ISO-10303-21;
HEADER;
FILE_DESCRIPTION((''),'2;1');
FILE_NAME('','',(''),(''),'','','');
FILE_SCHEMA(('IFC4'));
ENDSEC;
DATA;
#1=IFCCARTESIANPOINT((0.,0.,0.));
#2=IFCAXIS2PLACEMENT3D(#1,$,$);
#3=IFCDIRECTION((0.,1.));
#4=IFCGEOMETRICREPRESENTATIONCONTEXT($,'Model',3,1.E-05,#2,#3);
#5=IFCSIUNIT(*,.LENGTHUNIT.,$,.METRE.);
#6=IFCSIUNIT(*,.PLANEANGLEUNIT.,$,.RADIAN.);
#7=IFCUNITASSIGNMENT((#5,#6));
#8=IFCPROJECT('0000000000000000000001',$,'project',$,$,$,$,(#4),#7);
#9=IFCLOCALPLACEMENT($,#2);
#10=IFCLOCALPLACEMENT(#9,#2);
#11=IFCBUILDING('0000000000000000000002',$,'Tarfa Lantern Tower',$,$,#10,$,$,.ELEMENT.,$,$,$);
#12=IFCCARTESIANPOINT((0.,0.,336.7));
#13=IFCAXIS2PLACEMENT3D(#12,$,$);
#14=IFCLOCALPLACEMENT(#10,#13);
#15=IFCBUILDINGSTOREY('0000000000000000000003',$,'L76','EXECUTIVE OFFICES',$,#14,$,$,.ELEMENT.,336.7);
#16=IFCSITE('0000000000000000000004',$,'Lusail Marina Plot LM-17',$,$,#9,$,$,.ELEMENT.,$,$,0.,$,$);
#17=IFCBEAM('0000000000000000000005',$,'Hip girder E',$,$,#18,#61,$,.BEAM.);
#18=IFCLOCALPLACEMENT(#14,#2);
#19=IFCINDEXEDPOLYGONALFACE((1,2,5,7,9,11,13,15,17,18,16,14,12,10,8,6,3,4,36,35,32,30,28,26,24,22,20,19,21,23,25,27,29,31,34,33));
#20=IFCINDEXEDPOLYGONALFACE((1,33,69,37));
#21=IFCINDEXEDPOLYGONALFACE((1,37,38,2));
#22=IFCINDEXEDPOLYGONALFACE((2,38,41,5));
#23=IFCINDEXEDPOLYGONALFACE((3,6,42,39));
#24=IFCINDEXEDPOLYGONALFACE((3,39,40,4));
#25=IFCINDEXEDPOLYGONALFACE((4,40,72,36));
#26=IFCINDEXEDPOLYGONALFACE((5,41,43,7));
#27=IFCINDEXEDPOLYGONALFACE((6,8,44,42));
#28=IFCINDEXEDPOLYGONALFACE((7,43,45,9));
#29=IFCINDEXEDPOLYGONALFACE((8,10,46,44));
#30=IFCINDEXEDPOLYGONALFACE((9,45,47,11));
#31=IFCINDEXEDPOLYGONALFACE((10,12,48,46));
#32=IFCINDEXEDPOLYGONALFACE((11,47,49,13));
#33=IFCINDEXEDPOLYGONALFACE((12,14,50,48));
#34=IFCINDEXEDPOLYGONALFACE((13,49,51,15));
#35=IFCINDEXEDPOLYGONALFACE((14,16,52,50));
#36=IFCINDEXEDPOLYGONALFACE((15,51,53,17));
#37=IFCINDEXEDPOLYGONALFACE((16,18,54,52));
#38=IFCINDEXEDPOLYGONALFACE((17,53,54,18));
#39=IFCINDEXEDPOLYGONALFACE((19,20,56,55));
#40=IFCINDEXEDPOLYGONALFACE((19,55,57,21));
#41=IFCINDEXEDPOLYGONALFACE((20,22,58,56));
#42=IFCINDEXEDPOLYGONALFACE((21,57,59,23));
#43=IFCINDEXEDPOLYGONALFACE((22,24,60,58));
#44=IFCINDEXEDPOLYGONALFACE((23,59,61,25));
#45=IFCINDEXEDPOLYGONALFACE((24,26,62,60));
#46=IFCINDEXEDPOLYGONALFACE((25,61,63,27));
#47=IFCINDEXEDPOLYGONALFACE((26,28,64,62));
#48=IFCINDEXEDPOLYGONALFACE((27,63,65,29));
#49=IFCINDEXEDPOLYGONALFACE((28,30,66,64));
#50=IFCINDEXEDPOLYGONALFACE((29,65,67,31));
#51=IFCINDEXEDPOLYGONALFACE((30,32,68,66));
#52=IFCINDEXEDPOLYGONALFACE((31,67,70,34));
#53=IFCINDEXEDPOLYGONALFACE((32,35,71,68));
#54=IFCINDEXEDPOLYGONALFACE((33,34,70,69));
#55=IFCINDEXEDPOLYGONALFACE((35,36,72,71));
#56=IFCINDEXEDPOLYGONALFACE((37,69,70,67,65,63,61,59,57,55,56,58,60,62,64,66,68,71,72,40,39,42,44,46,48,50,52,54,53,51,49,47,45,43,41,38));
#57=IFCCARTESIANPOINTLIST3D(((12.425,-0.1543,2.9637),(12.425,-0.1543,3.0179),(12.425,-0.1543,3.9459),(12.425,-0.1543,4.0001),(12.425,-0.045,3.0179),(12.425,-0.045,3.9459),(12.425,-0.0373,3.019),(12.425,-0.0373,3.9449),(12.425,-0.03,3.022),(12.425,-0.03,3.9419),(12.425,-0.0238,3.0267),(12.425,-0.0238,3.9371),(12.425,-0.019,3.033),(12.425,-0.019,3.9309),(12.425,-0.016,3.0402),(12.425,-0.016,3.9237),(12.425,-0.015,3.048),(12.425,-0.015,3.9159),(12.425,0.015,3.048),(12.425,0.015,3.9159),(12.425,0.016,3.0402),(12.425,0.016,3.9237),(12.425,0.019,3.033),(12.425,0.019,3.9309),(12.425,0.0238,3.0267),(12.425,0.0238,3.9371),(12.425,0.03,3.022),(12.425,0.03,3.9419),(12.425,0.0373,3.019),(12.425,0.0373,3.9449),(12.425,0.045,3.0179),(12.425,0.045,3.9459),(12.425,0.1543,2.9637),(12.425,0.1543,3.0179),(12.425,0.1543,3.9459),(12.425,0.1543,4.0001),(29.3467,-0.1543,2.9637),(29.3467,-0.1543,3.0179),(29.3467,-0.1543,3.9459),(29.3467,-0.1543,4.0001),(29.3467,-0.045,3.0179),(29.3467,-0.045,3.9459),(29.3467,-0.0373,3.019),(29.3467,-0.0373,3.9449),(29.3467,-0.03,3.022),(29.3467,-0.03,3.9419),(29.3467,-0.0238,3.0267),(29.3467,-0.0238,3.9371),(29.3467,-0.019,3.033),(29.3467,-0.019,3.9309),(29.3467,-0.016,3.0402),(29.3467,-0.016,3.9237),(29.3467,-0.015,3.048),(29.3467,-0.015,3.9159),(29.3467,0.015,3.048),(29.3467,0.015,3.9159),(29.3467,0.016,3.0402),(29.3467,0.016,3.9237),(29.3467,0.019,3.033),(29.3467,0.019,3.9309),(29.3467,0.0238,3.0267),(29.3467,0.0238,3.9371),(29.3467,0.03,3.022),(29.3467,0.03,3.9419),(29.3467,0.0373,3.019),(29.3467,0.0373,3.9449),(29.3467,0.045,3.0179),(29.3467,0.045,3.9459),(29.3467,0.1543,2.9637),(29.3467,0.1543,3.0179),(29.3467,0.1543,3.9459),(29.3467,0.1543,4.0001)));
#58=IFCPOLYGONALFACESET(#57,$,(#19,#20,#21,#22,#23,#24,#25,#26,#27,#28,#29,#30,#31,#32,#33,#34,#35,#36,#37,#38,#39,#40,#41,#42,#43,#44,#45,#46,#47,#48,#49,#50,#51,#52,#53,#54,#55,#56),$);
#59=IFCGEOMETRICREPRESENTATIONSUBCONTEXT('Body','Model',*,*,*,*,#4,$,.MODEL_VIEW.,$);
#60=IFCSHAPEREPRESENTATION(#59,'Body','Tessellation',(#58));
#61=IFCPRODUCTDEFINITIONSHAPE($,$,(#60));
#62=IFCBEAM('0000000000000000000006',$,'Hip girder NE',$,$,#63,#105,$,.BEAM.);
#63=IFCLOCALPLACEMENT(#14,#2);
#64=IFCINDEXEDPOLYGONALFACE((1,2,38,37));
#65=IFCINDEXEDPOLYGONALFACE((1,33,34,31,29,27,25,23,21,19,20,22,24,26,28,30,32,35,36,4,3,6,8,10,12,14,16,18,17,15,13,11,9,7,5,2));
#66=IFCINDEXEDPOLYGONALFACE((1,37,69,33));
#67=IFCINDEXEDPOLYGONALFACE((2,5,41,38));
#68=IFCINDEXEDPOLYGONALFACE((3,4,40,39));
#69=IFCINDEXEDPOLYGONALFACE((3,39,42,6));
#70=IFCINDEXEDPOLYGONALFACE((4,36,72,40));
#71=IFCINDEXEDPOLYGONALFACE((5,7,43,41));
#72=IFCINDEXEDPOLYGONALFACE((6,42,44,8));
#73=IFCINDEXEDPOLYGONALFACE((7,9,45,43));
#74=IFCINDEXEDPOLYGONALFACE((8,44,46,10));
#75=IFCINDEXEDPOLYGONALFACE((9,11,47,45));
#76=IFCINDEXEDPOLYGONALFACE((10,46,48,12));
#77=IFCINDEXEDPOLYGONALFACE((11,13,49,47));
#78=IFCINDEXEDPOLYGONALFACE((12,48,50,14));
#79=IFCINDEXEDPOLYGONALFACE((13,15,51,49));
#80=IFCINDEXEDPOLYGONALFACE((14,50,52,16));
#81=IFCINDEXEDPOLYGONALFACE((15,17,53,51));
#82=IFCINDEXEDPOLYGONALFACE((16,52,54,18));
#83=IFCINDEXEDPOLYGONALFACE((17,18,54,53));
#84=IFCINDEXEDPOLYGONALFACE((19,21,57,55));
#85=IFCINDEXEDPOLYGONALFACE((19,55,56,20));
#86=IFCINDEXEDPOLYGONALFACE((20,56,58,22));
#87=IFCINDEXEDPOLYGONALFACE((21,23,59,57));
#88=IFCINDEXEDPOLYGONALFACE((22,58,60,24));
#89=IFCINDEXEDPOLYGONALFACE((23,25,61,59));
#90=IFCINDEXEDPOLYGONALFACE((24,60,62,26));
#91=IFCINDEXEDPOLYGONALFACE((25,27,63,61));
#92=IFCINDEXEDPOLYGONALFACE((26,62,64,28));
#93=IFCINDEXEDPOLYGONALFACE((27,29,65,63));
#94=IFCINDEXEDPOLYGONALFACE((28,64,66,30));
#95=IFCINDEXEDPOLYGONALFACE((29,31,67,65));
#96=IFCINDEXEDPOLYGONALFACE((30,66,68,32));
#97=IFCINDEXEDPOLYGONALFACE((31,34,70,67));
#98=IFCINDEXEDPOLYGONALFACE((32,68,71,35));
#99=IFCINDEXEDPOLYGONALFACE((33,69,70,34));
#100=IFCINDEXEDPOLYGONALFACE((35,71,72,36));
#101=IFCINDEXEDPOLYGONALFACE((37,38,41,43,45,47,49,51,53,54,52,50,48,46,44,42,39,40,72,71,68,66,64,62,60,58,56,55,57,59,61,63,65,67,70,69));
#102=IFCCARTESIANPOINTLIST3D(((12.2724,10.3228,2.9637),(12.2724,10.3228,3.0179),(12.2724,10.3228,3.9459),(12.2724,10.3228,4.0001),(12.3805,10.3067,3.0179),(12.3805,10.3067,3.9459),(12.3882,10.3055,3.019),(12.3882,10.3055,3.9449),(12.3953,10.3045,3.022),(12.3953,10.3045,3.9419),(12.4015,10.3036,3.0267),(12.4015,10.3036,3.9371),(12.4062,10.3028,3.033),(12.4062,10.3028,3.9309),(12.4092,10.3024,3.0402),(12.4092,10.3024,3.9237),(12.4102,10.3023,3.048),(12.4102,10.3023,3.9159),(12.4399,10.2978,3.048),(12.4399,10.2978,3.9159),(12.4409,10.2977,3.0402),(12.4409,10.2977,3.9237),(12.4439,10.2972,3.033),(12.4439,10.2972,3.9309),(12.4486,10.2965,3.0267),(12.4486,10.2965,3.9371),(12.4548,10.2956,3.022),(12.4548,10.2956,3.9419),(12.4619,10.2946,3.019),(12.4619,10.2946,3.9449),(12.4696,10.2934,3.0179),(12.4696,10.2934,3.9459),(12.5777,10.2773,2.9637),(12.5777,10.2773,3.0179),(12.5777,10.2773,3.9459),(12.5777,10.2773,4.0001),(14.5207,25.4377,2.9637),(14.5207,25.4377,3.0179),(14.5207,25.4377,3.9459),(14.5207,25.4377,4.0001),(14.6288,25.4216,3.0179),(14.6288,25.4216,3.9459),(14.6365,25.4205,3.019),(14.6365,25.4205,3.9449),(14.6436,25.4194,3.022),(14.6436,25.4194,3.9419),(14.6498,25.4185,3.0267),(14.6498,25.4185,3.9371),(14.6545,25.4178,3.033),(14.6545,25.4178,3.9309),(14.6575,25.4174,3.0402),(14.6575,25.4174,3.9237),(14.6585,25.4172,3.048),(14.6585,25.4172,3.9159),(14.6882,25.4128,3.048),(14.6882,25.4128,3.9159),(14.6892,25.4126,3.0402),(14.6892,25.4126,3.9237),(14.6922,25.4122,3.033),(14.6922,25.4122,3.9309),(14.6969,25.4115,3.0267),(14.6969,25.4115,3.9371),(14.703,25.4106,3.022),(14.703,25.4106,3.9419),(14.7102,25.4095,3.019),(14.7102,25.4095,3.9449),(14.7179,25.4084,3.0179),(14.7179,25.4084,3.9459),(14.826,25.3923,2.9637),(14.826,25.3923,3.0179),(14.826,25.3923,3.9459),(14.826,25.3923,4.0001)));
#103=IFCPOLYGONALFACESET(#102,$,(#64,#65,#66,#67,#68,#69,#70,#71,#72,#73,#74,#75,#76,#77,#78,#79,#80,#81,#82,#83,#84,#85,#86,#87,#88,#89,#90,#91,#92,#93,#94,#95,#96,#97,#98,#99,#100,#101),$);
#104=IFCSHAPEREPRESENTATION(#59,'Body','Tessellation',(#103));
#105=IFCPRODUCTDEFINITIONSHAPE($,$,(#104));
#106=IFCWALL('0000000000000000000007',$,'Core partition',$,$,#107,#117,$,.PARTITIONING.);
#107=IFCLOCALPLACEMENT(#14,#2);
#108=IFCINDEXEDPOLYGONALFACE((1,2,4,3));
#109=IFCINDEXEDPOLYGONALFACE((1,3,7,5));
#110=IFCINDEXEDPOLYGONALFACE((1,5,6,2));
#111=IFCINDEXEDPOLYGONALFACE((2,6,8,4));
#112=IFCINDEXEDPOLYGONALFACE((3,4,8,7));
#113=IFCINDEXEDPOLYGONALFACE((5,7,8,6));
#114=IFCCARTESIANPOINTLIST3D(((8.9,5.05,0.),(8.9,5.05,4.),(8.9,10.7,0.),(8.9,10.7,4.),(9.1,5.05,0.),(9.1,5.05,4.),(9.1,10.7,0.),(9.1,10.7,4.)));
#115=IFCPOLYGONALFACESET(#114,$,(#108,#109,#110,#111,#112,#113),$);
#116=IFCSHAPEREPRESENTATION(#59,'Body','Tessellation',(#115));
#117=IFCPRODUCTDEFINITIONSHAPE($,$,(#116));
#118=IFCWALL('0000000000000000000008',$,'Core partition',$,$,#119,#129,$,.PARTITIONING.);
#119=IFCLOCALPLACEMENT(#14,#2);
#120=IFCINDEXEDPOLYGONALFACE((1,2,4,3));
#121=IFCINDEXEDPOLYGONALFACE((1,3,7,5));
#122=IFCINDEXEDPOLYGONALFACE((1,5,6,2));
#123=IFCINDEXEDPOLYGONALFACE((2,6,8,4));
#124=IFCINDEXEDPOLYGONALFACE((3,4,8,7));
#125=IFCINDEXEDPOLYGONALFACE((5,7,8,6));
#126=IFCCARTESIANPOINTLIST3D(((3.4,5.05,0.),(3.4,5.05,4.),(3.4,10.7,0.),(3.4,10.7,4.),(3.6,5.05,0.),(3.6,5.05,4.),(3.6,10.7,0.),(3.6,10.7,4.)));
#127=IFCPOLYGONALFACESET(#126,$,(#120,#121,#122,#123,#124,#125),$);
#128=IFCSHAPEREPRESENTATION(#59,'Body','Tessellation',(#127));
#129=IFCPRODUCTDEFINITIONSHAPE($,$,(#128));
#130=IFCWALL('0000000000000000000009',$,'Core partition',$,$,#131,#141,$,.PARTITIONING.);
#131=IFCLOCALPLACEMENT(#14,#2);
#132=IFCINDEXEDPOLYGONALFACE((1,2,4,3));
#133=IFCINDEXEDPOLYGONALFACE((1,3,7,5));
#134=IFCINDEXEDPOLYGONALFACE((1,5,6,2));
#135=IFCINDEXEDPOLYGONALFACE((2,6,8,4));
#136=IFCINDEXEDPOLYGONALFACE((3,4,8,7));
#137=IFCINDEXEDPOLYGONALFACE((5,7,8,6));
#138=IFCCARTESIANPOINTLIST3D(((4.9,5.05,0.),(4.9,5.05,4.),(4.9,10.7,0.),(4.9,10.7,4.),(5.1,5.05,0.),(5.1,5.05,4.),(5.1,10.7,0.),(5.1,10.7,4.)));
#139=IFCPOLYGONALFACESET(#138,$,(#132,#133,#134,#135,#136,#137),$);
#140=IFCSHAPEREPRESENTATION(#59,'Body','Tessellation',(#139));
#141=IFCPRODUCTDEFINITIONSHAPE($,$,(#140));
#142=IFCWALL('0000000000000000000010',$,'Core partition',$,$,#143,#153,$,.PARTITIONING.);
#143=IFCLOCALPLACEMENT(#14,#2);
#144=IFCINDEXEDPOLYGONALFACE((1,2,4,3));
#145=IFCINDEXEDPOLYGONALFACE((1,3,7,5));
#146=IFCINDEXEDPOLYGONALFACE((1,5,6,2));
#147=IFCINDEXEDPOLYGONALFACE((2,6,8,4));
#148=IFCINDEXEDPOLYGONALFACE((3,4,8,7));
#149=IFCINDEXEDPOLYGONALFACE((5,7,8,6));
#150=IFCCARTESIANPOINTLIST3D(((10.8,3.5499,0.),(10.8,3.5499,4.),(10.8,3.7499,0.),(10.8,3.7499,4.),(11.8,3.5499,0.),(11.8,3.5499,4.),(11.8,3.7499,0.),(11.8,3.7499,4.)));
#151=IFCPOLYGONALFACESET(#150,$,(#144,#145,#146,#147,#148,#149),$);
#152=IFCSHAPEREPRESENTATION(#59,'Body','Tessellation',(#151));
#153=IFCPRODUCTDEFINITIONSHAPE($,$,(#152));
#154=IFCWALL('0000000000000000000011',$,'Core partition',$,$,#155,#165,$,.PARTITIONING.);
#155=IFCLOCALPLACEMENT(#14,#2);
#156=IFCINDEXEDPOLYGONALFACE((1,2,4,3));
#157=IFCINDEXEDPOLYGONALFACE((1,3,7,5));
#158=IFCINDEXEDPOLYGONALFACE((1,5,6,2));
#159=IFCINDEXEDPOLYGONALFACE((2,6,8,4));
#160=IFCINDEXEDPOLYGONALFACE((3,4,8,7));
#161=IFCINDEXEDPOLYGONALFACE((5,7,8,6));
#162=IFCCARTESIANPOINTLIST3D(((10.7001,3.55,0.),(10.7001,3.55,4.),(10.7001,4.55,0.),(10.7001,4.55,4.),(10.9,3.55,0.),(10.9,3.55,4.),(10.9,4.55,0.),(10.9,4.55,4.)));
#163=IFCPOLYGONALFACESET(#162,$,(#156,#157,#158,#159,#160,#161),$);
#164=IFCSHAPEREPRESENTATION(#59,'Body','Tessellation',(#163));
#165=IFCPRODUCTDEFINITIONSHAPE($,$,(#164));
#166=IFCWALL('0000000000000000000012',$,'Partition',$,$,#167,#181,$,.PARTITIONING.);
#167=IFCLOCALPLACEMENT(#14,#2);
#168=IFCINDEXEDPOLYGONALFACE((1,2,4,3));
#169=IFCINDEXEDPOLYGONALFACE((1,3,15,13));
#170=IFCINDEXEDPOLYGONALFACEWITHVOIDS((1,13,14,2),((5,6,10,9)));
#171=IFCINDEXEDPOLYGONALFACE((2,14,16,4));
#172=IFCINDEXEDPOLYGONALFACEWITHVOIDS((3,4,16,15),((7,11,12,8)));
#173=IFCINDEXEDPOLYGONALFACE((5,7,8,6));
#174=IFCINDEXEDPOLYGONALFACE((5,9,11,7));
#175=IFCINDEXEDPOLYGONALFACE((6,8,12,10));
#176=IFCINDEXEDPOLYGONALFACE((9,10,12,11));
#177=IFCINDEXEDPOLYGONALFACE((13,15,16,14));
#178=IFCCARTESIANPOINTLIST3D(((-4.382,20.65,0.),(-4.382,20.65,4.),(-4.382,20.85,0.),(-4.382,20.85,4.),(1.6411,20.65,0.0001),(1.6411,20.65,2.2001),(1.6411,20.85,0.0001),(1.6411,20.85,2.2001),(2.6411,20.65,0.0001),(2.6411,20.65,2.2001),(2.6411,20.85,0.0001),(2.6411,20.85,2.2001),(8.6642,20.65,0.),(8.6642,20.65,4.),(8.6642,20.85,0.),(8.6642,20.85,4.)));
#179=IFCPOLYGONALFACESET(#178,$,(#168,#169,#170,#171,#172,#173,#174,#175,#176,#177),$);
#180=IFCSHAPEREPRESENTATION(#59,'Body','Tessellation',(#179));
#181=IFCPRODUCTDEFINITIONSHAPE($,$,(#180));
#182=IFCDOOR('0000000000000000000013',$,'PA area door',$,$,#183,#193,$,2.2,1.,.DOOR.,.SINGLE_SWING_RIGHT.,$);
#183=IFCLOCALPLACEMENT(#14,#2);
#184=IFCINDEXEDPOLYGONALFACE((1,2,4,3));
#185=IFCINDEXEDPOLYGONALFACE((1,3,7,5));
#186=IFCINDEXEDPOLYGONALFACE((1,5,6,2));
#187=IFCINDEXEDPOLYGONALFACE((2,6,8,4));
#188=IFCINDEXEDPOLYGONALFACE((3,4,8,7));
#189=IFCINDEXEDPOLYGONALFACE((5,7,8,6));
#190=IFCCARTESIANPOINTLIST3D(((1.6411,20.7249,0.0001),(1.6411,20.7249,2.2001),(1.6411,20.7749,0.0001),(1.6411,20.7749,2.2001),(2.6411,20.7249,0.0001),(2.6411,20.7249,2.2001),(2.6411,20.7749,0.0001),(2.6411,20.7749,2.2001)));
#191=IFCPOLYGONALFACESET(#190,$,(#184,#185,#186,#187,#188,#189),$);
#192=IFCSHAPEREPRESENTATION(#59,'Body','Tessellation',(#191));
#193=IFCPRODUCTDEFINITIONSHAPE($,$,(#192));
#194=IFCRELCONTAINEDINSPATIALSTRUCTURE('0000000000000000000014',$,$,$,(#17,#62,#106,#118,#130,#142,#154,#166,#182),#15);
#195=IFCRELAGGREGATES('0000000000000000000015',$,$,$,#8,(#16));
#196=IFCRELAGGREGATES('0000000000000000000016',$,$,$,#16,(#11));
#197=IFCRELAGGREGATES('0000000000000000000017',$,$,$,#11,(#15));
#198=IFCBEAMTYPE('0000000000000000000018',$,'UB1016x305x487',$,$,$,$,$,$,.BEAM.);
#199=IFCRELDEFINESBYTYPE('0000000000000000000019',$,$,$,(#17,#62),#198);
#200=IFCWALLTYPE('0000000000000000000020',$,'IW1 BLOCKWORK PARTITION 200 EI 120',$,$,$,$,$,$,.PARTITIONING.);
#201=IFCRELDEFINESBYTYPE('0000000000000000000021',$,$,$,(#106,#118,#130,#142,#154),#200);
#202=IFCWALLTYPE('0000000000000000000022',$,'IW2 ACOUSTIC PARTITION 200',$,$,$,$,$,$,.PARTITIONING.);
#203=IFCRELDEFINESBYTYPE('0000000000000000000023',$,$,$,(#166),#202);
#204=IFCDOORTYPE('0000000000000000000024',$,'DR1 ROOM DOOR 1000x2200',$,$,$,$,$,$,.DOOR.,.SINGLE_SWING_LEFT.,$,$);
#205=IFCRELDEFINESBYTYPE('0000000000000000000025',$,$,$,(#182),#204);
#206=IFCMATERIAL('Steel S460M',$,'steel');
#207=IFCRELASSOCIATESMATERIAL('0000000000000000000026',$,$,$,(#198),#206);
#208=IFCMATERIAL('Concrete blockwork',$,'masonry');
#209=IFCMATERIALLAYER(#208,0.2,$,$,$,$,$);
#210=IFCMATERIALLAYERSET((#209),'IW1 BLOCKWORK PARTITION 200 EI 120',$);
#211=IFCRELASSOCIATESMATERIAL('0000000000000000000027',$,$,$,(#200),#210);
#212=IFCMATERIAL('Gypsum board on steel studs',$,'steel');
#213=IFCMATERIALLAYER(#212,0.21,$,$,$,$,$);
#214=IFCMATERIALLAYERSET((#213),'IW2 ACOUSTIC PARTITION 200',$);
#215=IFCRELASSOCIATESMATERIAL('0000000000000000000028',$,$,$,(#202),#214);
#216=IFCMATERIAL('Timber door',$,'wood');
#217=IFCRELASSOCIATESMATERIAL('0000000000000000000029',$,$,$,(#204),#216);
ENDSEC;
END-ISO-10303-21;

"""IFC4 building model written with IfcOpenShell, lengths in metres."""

from ifc_helpers import new_model, si_unit, direction, frame, frame_2d, origin, origin_2d, place, context, subcontext, project, spatial, rectangle, i_section, extrude, material, layer, layer_set, material_profile, profile_set, type_object, element, fill, save


model = new_model("IFC4")

# Units and contexts
model_context = context("Model", 3, precision=1e-05, world=origin(), true_north=direction((0.0, 1.0)))
body_context = subcontext(model_context, "Body", "Model", "MODEL_VIEW")
ifc_project = project(units=[si_unit("LENGTHUNIT", "METRE"), si_unit("PLANEANGLEUNIT", "RADIAN")], contexts=[model_context])

# Site, building, storey
site_placement = place(None, origin())
site = spatial("IfcSite", under=ifc_project, at=site_placement, Name="Lusail Marina Plot LM-17", CompositionType="ELEMENT", RefElevation=0.0)
building_placement = place(site_placement, origin())
building = spatial("IfcBuilding", under=site, at=building_placement, Name="Tarfa Lantern Tower", CompositionType="ELEMENT")
storey_placement = place(building_placement, frame((0.0, 0.0, 336.7)))
storey = spatial("IfcBuildingStorey", under=building, at=storey_placement, Name="L76", Description="EXECUTIVE OFFICES", CompositionType="ELEMENT", Elevation=336.7)

# Beams
ifc_material_1 = material(Name="Steel S460M", Category="steel")
ifc_material_profile = material_profile(ifc_material_1, i_section(OverallWidth=0.3086, OverallDepth=1.0364, WebThickness=0.03, FlangeThickness=0.0542, FilletRadius=0.03, at=origin_2d()), Name="UB1016x305x487")
ifc_profile_set = profile_set([ifc_material_profile], Name="Steel S460M")
beam_type = type_object("IfcBeamType", Name="UB1016x305x487", PredefinedType="BEAM", material=ifc_profile_set)
beam_1_placement = place(storey_placement, frame((12.425, 0.0, 3.4819), z_axis=(1.0, 0.0, 0.0), x_axis=(0.0, 1.0, 0.0)))
element("IfcBeam", 1, at=beam_1_placement, inside=storey, type_object=beam_type, Name="Hip girder E", PredefinedType="BEAM", context=body_context, shape_type="SweptSolid", body=[
    extrude(i_section(OverallWidth=0.3086, OverallDepth=1.0364, WebThickness=0.03, FlangeThickness=0.0542, FilletRadius=0.03, at=origin_2d()), origin(), (0.0, 0.0, 1.0), 16.9216),
])
beam_2_placement = place(storey_placement, frame((12.425, 10.3, 3.4819), z_axis=(0.147127, 0.989118, 0.0), x_axis=(-0.989118, 0.147127, 0.0)))
element("IfcBeam", 2, at=beam_2_placement, inside=storey, type_object=beam_type, Name="Hip girder NE", PredefinedType="BEAM", context=body_context, shape_type="SweptSolid", body=[
    extrude(i_section(OverallWidth=0.3086, OverallDepth=1.0364, WebThickness=0.03, FlangeThickness=0.0542, FilletRadius=0.03, at=origin_2d()), origin(), (0.0, 0.0, 1.0), 15.2812),
])

# Walls
ifc_material_2 = material(Name="Concrete blockwork", Category="masonry")
ifc_layer_1 = layer(ifc_material_2, 0.2)
ifc_layer_set_1 = layer_set([ifc_layer_1], Name="IW1 BLOCKWORK PARTITION 200 EI 120")
wall_type_1 = type_object("IfcWallType", Name="IW1 BLOCKWORK PARTITION 200 EI 120", PredefinedType="PARTITIONING", material=ifc_layer_set_1)
for number, where, z_axis, x_axis, name in (
    (3, (9.0, 5.05, 0.0), (0.0, 0.0, 1.0), (0.0, 1.0, 0.0), "Core partition"),
    (4, (3.5, 5.05, 0.0), (0.0, 0.0, 1.0), (0.0, 1.0, 0.0), "Core partition"),
    (5, (5.0, 5.05, 0.0), (0.0, 0.0, 1.0), (0.0, 1.0, 0.0), "Core partition"),
):
    element("IfcWall", number, at=place(storey_placement, frame(where, z_axis=z_axis, x_axis=x_axis)), inside=storey, type_object=wall_type_1, Name=name, PredefinedType="PARTITIONING", context=body_context, shape_type="SweptSolid", body=[
        extrude(rectangle(XDim=5.6499, YDim=0.2, at=frame_2d((2.825, 0.0))), origin(), (0.0, 0.0, 1.0), 4.0),
    ])
for number, where, z_axis, x_axis, name in (
    (6, (10.8, 3.6499, 0.0), (0.0, 0.0, 1.0), (1.0, 0.0, 0.0), "Core partition"),
    (7, (10.8, 3.55, 0.0), (0.0, 0.0, 1.0), (0.0, 1.0, 0.0), "Core partition"),
):
    element("IfcWall", number, at=place(storey_placement, frame(where, z_axis=z_axis, x_axis=x_axis)), inside=storey, type_object=wall_type_1, Name=name, PredefinedType="PARTITIONING", context=body_context, shape_type="SweptSolid", body=[
        extrude(rectangle(XDim=1.0, YDim=0.2, at=frame_2d((0.5, 0.0))), origin(), (0.0, 0.0, 1.0), 4.0),
    ])

# Wall, opening, door
ifc_material_3 = material(Name="Gypsum board on steel studs", Category="steel")
ifc_layer_2 = layer(ifc_material_3, 0.21)
ifc_layer_set_2 = layer_set([ifc_layer_2], Name="IW2 ACOUSTIC PARTITION 200")
wall_type_2 = type_object("IfcWallType", Name="IW2 ACOUSTIC PARTITION 200", PredefinedType="PARTITIONING", material=ifc_layer_set_2)
wall_1_placement = place(storey_placement, frame((8.6641, 20.75, 0.0), z_axis=(0.0, 0.0, 1.0), x_axis=(-1.0, 0.0, 0.0)))
wall_1 = element("IfcWall", 8, at=wall_1_placement, inside=storey, type_object=wall_type_2, Name="Partition", PredefinedType="PARTITIONING", context=body_context, shape_type="SweptSolid", body=[
    extrude(rectangle(XDim=13.0461, YDim=0.2, at=frame_2d((6.5229, 0.0))), origin(), (0.0, 0.0, 1.0), 4.0),
])
opening_1_placement = place(wall_1_placement, frame((6.0229, 0.0, 0.0)))
opening_1 = element("IfcOpeningElement", 9, at=opening_1_placement, cuts=wall_1, PredefinedType="OPENING", context=body_context, shape_type="SweptSolid", body=[
    extrude(rectangle(XDim=1.0, YDim=2.2, at=frame_2d((0.5, 1.1001))), frame((0.0, 0.1099, 0.0), z_axis=(0.0, -1.0, 0.0), x_axis=(1.0, 0.0, 0.0)), (0.0, 0.0, 1.0), 0.22),
])
ifc_material_4 = material(Name="Timber door", Category="wood")
door_type = type_object("IfcDoorType", Name="DR1 ROOM DOOR 1000x2200", OperationType="SINGLE_SWING_LEFT", PredefinedType="DOOR", material=ifc_material_4)
door_1_placement = place(opening_1_placement, frame((1.0, 0.0, 0.0), z_axis=(0.0, 0.0, 1.0), x_axis=(-1.0, 0.0, 0.0)))
door_1 = element("IfcDoor", 10, at=door_1_placement, inside=storey, type_object=door_type, Name="PA area door", OperationType="SINGLE_SWING_RIGHT", OverallHeight=2.2, OverallWidth=1.0, PredefinedType="DOOR", context=body_context, shape_type="SweptSolid", body=[
    extrude(rectangle(XDim=1.0, YDim=2.2, at=frame_2d((0.5, 1.1001))), frame((0.0, 0.0249, 0.0), z_axis=(0.0, -1.0, 0.0), x_axis=(1.0, 0.0, 0.0)), (0.0, 0.0, 1.0), 0.05),
])
fill(opening_1, door_1)

save(model, "model.ifc")
